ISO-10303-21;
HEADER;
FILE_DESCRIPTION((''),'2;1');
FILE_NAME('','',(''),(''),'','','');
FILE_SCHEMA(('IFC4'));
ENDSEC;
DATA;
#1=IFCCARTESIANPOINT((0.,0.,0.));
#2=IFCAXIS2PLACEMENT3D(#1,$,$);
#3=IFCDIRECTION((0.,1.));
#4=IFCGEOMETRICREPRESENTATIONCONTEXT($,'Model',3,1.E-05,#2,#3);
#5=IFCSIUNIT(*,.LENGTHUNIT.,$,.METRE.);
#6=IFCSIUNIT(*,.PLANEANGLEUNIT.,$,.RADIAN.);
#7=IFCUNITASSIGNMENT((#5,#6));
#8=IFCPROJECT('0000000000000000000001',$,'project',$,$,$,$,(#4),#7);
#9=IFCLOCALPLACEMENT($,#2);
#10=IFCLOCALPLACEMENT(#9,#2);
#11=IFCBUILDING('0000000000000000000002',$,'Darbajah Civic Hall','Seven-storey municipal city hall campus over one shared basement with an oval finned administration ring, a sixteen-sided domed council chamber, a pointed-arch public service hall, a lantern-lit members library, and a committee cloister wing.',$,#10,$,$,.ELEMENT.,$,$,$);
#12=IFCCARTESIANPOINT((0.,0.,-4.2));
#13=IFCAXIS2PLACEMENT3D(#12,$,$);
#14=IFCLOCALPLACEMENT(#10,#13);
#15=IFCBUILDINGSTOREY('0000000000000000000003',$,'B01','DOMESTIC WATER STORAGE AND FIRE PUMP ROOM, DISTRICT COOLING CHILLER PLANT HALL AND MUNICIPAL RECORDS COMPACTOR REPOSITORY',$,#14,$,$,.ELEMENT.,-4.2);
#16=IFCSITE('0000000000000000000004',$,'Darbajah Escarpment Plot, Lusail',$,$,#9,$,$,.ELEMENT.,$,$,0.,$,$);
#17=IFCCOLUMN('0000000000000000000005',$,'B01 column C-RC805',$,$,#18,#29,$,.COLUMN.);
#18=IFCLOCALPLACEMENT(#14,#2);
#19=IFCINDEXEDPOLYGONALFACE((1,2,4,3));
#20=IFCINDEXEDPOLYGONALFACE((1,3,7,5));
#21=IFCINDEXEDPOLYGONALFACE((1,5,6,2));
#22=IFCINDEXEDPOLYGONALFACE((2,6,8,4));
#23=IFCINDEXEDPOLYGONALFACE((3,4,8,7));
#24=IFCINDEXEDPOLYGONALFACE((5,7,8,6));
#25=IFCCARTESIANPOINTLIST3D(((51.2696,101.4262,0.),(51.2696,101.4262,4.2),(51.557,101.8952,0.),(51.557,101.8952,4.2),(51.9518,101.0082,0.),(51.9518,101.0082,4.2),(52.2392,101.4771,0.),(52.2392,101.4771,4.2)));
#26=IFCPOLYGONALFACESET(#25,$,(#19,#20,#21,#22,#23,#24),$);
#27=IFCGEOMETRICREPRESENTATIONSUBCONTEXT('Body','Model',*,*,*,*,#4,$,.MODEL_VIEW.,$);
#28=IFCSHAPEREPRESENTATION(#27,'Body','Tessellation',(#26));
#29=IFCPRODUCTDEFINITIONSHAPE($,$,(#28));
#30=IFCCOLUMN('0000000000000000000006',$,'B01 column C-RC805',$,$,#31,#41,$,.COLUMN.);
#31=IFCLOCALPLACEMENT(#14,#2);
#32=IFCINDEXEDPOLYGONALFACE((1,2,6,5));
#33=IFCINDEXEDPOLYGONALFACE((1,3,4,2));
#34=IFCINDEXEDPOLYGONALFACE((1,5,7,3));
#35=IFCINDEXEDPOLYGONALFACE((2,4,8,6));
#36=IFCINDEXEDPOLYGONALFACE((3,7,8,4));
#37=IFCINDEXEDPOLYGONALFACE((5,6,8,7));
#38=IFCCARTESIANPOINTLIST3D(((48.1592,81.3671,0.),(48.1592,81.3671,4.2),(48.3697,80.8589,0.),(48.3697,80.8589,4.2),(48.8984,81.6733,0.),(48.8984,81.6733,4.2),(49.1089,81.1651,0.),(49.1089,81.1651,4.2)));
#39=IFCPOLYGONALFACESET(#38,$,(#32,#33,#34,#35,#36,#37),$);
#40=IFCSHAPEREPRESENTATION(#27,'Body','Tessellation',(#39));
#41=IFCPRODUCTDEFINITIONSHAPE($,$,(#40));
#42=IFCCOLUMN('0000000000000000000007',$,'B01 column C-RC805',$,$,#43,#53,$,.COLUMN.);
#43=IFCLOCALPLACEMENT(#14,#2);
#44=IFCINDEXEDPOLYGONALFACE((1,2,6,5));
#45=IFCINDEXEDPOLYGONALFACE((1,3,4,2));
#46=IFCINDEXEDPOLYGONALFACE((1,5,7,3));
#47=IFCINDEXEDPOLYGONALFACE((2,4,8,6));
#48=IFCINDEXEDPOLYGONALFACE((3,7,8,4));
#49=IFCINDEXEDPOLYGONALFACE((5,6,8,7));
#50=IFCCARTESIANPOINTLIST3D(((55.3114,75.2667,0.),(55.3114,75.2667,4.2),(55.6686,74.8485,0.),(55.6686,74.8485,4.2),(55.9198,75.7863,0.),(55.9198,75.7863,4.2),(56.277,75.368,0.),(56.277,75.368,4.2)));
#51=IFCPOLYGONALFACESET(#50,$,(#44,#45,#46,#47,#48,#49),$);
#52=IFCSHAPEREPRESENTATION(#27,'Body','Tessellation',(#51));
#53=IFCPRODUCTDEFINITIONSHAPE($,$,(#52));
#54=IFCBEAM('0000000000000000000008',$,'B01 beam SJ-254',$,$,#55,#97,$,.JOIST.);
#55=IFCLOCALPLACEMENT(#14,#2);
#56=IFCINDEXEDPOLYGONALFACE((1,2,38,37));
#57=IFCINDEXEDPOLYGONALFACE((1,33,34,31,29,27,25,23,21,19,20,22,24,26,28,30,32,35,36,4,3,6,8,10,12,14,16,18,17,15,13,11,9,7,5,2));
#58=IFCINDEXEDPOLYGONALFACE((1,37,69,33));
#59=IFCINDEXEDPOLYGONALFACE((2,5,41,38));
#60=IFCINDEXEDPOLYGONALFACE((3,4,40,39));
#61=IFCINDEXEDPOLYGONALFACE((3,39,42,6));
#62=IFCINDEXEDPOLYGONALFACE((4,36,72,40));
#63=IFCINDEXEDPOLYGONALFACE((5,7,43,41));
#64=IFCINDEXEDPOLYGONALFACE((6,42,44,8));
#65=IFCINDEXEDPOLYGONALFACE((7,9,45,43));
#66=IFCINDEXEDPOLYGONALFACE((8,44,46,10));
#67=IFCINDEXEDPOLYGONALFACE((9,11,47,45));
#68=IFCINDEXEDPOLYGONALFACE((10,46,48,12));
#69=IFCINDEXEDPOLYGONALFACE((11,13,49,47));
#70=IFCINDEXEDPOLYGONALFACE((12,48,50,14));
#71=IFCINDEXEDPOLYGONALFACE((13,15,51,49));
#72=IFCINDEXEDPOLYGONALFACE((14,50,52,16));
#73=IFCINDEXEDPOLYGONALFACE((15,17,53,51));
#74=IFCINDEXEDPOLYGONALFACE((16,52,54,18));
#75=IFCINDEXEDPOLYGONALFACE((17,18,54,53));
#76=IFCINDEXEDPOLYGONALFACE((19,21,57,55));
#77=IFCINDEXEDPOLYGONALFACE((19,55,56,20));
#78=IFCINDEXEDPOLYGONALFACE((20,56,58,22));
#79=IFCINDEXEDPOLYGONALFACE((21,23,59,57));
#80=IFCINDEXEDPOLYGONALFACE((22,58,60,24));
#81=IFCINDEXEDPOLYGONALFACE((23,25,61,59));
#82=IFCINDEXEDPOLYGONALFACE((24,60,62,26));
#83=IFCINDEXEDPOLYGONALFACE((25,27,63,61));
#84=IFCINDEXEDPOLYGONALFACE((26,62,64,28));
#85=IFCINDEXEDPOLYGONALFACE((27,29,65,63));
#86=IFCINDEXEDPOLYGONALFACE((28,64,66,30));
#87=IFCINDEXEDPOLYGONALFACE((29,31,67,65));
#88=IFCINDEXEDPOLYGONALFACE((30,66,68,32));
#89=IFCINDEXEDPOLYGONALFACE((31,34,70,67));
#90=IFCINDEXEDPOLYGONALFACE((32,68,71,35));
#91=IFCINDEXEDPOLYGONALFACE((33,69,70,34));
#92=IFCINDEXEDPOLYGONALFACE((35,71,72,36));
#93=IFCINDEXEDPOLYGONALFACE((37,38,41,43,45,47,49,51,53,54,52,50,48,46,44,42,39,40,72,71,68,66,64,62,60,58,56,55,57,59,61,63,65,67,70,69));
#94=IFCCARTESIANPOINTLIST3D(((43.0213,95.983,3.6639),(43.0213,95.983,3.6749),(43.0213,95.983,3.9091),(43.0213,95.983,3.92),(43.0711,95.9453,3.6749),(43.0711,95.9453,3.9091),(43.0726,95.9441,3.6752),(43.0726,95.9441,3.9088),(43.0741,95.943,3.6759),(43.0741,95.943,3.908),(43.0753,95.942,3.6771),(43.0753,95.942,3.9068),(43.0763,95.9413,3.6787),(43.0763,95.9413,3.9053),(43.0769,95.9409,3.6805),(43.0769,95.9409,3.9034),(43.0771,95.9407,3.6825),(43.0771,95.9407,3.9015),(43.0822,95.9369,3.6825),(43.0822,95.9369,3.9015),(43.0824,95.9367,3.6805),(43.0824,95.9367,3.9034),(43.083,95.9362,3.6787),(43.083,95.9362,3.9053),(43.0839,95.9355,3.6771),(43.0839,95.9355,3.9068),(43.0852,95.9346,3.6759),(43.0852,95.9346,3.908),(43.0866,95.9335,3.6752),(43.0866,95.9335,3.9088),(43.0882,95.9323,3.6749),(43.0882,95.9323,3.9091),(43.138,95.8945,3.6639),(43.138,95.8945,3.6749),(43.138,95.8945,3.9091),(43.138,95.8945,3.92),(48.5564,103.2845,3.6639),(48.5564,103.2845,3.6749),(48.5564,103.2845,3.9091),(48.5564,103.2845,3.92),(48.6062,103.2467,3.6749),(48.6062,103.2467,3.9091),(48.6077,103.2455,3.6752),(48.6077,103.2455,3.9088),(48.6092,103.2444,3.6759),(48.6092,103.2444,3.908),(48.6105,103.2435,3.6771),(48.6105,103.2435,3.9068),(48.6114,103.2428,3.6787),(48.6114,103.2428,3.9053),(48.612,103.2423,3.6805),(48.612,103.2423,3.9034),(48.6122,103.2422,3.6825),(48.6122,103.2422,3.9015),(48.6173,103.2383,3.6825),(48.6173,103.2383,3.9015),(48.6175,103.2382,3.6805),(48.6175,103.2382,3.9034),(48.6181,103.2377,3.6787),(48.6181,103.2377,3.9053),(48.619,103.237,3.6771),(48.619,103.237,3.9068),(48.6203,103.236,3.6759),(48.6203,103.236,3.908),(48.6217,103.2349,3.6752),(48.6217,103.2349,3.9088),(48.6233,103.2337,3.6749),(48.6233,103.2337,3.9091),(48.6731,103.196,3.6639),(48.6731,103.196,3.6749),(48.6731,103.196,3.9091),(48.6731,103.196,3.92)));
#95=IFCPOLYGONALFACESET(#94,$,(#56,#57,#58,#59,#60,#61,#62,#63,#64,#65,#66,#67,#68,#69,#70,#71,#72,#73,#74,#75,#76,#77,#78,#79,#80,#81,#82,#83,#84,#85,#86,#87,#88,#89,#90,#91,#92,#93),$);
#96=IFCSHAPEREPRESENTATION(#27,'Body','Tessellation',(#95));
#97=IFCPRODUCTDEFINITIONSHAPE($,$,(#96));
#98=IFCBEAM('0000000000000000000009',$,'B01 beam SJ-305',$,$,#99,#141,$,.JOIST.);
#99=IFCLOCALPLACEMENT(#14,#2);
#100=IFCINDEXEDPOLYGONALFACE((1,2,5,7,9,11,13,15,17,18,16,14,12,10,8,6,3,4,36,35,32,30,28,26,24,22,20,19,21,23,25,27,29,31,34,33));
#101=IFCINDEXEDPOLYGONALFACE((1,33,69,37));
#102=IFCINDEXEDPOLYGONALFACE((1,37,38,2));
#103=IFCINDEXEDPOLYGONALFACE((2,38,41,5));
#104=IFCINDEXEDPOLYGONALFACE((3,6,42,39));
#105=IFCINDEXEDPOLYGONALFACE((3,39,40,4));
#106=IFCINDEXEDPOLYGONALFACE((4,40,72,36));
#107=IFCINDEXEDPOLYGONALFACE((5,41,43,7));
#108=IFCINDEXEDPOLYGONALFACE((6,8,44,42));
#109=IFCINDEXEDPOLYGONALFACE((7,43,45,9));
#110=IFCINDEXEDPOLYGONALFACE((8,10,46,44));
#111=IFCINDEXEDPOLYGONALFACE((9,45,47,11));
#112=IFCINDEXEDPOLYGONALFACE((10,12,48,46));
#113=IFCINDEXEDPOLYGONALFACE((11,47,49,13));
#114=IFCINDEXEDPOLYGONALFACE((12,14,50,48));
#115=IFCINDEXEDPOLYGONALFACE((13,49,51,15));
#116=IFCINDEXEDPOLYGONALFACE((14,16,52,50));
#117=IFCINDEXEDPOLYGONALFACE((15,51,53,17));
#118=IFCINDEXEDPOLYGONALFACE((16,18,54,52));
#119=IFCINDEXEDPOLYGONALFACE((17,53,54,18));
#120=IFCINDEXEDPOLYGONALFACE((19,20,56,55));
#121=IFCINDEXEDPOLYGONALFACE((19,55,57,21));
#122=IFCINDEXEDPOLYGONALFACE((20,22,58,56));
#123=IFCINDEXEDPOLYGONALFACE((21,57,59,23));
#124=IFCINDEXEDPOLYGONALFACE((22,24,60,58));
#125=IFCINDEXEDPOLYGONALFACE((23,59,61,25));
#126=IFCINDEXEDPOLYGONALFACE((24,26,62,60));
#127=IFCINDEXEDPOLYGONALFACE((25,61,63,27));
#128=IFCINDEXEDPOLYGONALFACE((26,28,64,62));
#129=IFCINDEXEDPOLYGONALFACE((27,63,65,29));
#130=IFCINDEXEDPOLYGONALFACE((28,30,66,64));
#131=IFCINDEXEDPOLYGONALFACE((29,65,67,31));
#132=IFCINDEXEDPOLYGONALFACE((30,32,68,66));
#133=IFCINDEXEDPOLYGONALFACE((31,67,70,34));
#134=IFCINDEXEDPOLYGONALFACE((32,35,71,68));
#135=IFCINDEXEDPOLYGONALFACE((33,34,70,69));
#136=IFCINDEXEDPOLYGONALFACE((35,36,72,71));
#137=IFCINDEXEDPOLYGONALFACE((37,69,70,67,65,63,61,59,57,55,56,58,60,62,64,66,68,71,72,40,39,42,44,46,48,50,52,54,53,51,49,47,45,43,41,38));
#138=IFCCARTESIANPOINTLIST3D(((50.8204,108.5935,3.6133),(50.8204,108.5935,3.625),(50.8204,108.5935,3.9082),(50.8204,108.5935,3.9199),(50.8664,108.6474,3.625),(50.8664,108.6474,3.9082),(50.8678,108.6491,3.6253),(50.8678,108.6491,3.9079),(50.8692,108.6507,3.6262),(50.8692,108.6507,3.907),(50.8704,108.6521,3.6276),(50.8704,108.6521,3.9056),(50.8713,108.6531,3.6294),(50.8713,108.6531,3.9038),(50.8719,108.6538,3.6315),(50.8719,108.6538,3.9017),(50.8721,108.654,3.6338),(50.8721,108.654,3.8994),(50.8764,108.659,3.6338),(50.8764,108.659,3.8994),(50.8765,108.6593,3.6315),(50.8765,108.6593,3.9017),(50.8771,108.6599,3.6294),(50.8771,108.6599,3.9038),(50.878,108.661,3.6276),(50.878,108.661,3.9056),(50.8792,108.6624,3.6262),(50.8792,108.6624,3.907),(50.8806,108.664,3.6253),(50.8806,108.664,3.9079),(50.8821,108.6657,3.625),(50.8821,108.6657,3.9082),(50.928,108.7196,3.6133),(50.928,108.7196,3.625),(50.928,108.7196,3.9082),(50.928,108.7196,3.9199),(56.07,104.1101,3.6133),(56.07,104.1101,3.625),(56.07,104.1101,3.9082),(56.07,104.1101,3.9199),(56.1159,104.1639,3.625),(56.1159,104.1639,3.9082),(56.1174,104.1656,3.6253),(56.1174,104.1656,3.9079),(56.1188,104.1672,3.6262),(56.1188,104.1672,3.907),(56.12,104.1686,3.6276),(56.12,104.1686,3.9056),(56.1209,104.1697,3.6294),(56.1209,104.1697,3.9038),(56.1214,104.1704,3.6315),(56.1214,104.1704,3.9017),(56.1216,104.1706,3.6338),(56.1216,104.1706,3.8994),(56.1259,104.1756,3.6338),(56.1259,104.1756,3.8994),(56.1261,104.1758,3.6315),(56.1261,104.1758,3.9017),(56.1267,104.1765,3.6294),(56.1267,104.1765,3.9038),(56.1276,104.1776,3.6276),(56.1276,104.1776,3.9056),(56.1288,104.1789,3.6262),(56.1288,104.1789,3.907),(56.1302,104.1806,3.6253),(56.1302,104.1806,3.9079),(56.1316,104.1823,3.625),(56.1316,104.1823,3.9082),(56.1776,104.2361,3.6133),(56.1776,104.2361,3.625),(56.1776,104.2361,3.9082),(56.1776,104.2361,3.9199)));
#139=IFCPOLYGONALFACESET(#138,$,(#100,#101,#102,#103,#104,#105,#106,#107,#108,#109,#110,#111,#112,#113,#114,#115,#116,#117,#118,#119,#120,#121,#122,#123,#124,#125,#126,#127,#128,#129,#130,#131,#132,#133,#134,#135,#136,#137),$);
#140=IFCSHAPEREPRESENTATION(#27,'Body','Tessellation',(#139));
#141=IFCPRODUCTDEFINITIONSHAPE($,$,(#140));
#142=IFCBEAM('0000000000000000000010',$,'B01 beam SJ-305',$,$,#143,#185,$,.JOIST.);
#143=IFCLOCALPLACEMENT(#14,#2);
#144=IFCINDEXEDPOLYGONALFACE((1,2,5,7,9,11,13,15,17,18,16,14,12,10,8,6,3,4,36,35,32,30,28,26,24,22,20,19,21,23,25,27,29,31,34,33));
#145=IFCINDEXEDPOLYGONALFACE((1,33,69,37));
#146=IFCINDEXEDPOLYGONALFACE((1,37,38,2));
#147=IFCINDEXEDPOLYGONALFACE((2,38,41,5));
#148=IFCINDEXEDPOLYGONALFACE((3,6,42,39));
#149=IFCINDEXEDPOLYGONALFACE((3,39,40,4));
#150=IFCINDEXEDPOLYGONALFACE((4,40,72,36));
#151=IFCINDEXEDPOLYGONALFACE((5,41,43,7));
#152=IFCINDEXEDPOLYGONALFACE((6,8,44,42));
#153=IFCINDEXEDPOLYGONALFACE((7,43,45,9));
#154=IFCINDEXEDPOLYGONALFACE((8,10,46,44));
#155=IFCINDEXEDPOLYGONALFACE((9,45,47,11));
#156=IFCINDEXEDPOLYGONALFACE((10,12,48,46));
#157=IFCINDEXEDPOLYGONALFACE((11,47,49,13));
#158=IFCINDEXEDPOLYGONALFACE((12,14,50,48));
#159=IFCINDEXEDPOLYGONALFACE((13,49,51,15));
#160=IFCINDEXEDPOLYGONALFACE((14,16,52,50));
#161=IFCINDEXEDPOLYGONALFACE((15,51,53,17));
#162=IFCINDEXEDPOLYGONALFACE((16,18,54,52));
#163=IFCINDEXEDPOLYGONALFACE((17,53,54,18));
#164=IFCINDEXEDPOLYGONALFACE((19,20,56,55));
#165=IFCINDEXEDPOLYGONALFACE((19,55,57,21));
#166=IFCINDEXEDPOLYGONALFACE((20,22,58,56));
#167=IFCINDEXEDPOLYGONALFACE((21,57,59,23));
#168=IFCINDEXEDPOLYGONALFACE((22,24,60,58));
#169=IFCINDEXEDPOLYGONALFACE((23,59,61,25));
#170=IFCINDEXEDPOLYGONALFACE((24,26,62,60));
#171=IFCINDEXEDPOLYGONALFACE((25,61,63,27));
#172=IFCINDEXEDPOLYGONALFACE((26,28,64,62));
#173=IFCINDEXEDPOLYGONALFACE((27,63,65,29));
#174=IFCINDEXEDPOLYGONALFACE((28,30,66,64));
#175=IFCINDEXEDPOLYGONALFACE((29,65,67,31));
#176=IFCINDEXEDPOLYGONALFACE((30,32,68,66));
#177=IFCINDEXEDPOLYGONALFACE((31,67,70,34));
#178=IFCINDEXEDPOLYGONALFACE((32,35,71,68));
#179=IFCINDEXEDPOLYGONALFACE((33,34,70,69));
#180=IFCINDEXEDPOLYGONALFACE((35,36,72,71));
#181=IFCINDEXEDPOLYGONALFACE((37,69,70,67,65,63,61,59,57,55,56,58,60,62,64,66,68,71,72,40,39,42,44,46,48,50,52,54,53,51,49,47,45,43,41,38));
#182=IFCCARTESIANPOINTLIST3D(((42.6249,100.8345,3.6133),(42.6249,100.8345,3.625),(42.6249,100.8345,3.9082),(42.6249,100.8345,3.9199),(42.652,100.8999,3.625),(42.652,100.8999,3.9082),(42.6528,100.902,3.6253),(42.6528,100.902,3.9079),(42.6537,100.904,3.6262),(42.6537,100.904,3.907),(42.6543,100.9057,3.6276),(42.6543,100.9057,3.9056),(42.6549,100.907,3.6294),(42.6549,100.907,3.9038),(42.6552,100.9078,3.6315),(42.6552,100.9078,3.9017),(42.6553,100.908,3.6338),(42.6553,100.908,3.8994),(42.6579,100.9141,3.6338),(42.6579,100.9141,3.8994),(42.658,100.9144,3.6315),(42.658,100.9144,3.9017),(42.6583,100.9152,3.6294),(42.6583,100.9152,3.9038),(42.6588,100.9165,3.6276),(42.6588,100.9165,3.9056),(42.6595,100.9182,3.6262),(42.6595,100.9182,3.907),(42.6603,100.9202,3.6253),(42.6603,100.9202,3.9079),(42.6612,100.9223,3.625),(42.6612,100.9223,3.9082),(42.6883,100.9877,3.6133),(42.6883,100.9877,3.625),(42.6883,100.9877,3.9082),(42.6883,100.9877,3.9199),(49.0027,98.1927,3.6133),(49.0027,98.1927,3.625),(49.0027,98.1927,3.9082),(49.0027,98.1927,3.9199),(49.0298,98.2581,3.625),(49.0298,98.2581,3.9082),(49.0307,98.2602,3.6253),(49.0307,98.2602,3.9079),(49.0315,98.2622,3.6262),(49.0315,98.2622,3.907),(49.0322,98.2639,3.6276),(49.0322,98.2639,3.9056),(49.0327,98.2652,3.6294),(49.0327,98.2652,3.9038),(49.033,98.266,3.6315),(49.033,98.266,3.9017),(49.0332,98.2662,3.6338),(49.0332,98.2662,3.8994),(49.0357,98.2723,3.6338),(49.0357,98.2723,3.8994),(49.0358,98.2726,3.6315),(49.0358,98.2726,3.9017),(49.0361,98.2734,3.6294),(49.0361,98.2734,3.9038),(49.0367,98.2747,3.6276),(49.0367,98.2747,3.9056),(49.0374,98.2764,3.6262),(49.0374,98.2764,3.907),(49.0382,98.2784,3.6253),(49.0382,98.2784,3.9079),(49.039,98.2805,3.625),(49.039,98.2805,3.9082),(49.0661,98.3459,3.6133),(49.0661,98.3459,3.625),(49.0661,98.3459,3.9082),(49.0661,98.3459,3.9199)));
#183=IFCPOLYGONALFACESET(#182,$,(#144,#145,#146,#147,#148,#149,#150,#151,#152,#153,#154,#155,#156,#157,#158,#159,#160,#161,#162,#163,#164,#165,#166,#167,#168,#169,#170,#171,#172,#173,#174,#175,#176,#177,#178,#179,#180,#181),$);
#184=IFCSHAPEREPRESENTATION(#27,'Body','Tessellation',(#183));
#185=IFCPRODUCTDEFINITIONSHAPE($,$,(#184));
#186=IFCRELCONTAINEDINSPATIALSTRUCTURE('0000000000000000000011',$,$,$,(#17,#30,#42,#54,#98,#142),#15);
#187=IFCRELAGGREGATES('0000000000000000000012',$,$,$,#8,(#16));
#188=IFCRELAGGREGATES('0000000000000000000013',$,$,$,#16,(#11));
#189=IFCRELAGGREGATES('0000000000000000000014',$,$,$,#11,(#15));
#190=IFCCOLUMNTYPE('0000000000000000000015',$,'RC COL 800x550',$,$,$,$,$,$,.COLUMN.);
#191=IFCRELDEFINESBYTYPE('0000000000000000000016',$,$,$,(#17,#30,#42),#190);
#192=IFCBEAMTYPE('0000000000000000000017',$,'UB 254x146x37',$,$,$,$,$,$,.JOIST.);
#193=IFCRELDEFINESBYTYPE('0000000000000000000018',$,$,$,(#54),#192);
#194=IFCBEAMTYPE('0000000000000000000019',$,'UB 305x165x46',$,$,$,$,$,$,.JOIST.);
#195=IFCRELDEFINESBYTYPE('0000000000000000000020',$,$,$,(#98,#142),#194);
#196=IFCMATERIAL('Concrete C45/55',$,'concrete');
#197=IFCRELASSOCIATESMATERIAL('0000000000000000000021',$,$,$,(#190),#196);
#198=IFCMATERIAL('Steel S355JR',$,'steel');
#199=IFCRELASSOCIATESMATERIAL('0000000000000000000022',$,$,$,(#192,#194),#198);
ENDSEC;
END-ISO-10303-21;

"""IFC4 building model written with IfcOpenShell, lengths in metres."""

from ifc_helpers import new_model, si_unit, direction, frame, origin, origin_2d, place, context, subcontext, project, spatial, rectangle, i_section, extrude, material, material_profile, profile_set, type_object, element, save


model = new_model("IFC4")

# Units and contexts
model_context = context("Model", 3, precision=1e-05, world=origin(), true_north=direction((0.0, 1.0)))
body_context = subcontext(model_context, "Body", "Model", "MODEL_VIEW")
ifc_project = project(units=[si_unit("LENGTHUNIT", "METRE"), si_unit("PLANEANGLEUNIT", "RADIAN")], contexts=[model_context])

# Site, building, storey
site_placement = place(None, origin())
site = spatial("IfcSite", under=ifc_project, at=site_placement, Name="Darbajah Escarpment Plot, Lusail", CompositionType="ELEMENT", RefElevation=0.0)
building_placement = place(site_placement, origin())
building = spatial("IfcBuilding", under=site, at=building_placement, Name="Darbajah Civic Hall", Description="Seven-storey municipal city hall campus over one shared basement with an oval finned administration ring, a sixteen-sided domed council chamber, a pointed-arch public service hall, a lantern-lit members library, and a committee cloister wing.", CompositionType="ELEMENT")
storey_placement = place(building_placement, frame((0.0, 0.0, -4.2)))
storey = spatial("IfcBuildingStorey", under=building, at=storey_placement, Name="B01", Description="DOMESTIC WATER STORAGE AND FIRE PUMP ROOM, DISTRICT COOLING CHILLER PLANT HALL AND MUNICIPAL RECORDS COMPACTOR REPOSITORY", CompositionType="ELEMENT", Elevation=-4.2)

# Shared definitions
ifc_material_1 = material(Name="Concrete C45/55", Category="concrete")

# Columns
ifc_material_profile_1 = material_profile(ifc_material_1, rectangle(XDim=0.8, YDim=0.55, at=origin_2d()), Name="RC COL 800x550")
ifc_profile_set_1 = profile_set([ifc_material_profile_1], Name="Concrete C45/55")
column_type = type_object("IfcColumnType", Name="RC COL 800x550", PredefinedType="COLUMN", material=ifc_profile_set_1)
for number, where, z_axis, x_axis, name in (
    (1, (51.7544, 101.4517, 0.0), (0.0, 0.0, 1.0), (-0.85264, 0.522499, 0.0), "B01 column C-RC805"),
    (2, (48.634, 81.2661, 0.0), (0.0, 0.0, 1.0), (-0.92388, -0.382683, 0.0), "B01 column C-RC805"),
    (3, (55.7942, 75.3174, 0.0), (0.0, 0.0, 1.0), (-0.760406, -0.649448, 0.0), "B01 column C-RC805"),
):
    element("IfcColumn", number, at=place(storey_placement, frame(where, z_axis=z_axis, x_axis=x_axis)), inside=storey, type_object=column_type, Name=name, PredefinedType="COLUMN", context=body_context, shape_type="SweptSolid", body=[
        extrude(rectangle(XDim=0.8, YDim=0.55, at=origin_2d()), origin(), (0.0, 0.0, 1.0), 4.2),
    ])

# Beams
ifc_material_2 = material(Name="Steel S355JR", Category="steel")
ifc_material_profile_2 = material_profile(ifc_material_2, i_section(OverallWidth=0.1465, OverallDepth=0.2561, WebThickness=0.0063, FlangeThickness=0.011, FilletRadius=0.0076, at=origin_2d()), Name="UB 254x146x37")
ifc_profile_set_2 = profile_set([ifc_material_profile_2], Name="Steel S355JR")
beam_type_1 = type_object("IfcBeamType", Name="UB 254x146x37", PredefinedType="JOIST", material=ifc_profile_set_2)
beam_1_placement = place(storey_placement, frame((48.6147, 103.2402, 3.792), z_axis=(-0.604115, -0.796897, 0.0), x_axis=(0.796897, -0.604115, 0.0)))
element("IfcBeam", 4, at=beam_1_placement, inside=storey, type_object=beam_type_1, Name="B01 beam SJ-254", PredefinedType="JOIST", context=body_context, shape_type="SweptSolid", body=[
    extrude(i_section(OverallWidth=0.1465, OverallDepth=0.2561, WebThickness=0.0063, FlangeThickness=0.011, FilletRadius=0.0076, at=origin_2d()), origin(), (0.0, 0.0, 1.0), 9.1624),
])
ifc_material_profile_3 = material_profile(ifc_material_2, i_section(OverallWidth=0.1658, OverallDepth=0.3066, WebThickness=0.0066, FlangeThickness=0.0117, FilletRadius=0.0088, at=origin_2d()), Name="UB 305x165x46")
ifc_profile_set_3 = profile_set([ifc_material_profile_3], Name="Steel S355JR")
beam_type_2 = type_object("IfcBeamType", Name="UB 305x165x46", PredefinedType="JOIST", material=ifc_profile_set_3)
beam_2_placement = place(storey_placement, frame((56.1238, 104.1731, 3.7666), z_axis=(-0.760414, 0.649439, 0.0), x_axis=(-0.649439, -0.760414, 0.0)))
element("IfcBeam", 5, at=beam_2_placement, inside=storey, type_object=beam_type_2, Name="B01 beam SJ-305", PredefinedType="JOIST", context=body_context, shape_type="SweptSolid", body=[
    extrude(i_section(OverallWidth=0.1658, OverallDepth=0.3066, WebThickness=0.0066, FlangeThickness=0.0117, FilletRadius=0.0088, at=origin_2d()), origin(), (0.0, 0.0, 1.0), 6.9036),
])
for number, where, z_axis, x_axis, name in (
    (6, (49.0344, 98.2693, 3.7666), (-0.923878, 0.382686, 0.0), (-0.382686, -0.923878, 0.0), "B01 beam SJ-305"),
):
    element("IfcBeam", number, at=place(storey_placement, frame(where, z_axis=z_axis, x_axis=x_axis)), inside=storey, type_object=beam_type_2, Name=name, PredefinedType="JOIST", context=body_context, shape_type="SweptSolid", body=[
        extrude(i_section(OverallWidth=0.1658, OverallDepth=0.3066, WebThickness=0.0066, FlangeThickness=0.0117, FilletRadius=0.0088, at=origin_2d()), origin(), (0.0, 0.0, 1.0), 6.9033),
    ])

save(model, "model.ifc")
